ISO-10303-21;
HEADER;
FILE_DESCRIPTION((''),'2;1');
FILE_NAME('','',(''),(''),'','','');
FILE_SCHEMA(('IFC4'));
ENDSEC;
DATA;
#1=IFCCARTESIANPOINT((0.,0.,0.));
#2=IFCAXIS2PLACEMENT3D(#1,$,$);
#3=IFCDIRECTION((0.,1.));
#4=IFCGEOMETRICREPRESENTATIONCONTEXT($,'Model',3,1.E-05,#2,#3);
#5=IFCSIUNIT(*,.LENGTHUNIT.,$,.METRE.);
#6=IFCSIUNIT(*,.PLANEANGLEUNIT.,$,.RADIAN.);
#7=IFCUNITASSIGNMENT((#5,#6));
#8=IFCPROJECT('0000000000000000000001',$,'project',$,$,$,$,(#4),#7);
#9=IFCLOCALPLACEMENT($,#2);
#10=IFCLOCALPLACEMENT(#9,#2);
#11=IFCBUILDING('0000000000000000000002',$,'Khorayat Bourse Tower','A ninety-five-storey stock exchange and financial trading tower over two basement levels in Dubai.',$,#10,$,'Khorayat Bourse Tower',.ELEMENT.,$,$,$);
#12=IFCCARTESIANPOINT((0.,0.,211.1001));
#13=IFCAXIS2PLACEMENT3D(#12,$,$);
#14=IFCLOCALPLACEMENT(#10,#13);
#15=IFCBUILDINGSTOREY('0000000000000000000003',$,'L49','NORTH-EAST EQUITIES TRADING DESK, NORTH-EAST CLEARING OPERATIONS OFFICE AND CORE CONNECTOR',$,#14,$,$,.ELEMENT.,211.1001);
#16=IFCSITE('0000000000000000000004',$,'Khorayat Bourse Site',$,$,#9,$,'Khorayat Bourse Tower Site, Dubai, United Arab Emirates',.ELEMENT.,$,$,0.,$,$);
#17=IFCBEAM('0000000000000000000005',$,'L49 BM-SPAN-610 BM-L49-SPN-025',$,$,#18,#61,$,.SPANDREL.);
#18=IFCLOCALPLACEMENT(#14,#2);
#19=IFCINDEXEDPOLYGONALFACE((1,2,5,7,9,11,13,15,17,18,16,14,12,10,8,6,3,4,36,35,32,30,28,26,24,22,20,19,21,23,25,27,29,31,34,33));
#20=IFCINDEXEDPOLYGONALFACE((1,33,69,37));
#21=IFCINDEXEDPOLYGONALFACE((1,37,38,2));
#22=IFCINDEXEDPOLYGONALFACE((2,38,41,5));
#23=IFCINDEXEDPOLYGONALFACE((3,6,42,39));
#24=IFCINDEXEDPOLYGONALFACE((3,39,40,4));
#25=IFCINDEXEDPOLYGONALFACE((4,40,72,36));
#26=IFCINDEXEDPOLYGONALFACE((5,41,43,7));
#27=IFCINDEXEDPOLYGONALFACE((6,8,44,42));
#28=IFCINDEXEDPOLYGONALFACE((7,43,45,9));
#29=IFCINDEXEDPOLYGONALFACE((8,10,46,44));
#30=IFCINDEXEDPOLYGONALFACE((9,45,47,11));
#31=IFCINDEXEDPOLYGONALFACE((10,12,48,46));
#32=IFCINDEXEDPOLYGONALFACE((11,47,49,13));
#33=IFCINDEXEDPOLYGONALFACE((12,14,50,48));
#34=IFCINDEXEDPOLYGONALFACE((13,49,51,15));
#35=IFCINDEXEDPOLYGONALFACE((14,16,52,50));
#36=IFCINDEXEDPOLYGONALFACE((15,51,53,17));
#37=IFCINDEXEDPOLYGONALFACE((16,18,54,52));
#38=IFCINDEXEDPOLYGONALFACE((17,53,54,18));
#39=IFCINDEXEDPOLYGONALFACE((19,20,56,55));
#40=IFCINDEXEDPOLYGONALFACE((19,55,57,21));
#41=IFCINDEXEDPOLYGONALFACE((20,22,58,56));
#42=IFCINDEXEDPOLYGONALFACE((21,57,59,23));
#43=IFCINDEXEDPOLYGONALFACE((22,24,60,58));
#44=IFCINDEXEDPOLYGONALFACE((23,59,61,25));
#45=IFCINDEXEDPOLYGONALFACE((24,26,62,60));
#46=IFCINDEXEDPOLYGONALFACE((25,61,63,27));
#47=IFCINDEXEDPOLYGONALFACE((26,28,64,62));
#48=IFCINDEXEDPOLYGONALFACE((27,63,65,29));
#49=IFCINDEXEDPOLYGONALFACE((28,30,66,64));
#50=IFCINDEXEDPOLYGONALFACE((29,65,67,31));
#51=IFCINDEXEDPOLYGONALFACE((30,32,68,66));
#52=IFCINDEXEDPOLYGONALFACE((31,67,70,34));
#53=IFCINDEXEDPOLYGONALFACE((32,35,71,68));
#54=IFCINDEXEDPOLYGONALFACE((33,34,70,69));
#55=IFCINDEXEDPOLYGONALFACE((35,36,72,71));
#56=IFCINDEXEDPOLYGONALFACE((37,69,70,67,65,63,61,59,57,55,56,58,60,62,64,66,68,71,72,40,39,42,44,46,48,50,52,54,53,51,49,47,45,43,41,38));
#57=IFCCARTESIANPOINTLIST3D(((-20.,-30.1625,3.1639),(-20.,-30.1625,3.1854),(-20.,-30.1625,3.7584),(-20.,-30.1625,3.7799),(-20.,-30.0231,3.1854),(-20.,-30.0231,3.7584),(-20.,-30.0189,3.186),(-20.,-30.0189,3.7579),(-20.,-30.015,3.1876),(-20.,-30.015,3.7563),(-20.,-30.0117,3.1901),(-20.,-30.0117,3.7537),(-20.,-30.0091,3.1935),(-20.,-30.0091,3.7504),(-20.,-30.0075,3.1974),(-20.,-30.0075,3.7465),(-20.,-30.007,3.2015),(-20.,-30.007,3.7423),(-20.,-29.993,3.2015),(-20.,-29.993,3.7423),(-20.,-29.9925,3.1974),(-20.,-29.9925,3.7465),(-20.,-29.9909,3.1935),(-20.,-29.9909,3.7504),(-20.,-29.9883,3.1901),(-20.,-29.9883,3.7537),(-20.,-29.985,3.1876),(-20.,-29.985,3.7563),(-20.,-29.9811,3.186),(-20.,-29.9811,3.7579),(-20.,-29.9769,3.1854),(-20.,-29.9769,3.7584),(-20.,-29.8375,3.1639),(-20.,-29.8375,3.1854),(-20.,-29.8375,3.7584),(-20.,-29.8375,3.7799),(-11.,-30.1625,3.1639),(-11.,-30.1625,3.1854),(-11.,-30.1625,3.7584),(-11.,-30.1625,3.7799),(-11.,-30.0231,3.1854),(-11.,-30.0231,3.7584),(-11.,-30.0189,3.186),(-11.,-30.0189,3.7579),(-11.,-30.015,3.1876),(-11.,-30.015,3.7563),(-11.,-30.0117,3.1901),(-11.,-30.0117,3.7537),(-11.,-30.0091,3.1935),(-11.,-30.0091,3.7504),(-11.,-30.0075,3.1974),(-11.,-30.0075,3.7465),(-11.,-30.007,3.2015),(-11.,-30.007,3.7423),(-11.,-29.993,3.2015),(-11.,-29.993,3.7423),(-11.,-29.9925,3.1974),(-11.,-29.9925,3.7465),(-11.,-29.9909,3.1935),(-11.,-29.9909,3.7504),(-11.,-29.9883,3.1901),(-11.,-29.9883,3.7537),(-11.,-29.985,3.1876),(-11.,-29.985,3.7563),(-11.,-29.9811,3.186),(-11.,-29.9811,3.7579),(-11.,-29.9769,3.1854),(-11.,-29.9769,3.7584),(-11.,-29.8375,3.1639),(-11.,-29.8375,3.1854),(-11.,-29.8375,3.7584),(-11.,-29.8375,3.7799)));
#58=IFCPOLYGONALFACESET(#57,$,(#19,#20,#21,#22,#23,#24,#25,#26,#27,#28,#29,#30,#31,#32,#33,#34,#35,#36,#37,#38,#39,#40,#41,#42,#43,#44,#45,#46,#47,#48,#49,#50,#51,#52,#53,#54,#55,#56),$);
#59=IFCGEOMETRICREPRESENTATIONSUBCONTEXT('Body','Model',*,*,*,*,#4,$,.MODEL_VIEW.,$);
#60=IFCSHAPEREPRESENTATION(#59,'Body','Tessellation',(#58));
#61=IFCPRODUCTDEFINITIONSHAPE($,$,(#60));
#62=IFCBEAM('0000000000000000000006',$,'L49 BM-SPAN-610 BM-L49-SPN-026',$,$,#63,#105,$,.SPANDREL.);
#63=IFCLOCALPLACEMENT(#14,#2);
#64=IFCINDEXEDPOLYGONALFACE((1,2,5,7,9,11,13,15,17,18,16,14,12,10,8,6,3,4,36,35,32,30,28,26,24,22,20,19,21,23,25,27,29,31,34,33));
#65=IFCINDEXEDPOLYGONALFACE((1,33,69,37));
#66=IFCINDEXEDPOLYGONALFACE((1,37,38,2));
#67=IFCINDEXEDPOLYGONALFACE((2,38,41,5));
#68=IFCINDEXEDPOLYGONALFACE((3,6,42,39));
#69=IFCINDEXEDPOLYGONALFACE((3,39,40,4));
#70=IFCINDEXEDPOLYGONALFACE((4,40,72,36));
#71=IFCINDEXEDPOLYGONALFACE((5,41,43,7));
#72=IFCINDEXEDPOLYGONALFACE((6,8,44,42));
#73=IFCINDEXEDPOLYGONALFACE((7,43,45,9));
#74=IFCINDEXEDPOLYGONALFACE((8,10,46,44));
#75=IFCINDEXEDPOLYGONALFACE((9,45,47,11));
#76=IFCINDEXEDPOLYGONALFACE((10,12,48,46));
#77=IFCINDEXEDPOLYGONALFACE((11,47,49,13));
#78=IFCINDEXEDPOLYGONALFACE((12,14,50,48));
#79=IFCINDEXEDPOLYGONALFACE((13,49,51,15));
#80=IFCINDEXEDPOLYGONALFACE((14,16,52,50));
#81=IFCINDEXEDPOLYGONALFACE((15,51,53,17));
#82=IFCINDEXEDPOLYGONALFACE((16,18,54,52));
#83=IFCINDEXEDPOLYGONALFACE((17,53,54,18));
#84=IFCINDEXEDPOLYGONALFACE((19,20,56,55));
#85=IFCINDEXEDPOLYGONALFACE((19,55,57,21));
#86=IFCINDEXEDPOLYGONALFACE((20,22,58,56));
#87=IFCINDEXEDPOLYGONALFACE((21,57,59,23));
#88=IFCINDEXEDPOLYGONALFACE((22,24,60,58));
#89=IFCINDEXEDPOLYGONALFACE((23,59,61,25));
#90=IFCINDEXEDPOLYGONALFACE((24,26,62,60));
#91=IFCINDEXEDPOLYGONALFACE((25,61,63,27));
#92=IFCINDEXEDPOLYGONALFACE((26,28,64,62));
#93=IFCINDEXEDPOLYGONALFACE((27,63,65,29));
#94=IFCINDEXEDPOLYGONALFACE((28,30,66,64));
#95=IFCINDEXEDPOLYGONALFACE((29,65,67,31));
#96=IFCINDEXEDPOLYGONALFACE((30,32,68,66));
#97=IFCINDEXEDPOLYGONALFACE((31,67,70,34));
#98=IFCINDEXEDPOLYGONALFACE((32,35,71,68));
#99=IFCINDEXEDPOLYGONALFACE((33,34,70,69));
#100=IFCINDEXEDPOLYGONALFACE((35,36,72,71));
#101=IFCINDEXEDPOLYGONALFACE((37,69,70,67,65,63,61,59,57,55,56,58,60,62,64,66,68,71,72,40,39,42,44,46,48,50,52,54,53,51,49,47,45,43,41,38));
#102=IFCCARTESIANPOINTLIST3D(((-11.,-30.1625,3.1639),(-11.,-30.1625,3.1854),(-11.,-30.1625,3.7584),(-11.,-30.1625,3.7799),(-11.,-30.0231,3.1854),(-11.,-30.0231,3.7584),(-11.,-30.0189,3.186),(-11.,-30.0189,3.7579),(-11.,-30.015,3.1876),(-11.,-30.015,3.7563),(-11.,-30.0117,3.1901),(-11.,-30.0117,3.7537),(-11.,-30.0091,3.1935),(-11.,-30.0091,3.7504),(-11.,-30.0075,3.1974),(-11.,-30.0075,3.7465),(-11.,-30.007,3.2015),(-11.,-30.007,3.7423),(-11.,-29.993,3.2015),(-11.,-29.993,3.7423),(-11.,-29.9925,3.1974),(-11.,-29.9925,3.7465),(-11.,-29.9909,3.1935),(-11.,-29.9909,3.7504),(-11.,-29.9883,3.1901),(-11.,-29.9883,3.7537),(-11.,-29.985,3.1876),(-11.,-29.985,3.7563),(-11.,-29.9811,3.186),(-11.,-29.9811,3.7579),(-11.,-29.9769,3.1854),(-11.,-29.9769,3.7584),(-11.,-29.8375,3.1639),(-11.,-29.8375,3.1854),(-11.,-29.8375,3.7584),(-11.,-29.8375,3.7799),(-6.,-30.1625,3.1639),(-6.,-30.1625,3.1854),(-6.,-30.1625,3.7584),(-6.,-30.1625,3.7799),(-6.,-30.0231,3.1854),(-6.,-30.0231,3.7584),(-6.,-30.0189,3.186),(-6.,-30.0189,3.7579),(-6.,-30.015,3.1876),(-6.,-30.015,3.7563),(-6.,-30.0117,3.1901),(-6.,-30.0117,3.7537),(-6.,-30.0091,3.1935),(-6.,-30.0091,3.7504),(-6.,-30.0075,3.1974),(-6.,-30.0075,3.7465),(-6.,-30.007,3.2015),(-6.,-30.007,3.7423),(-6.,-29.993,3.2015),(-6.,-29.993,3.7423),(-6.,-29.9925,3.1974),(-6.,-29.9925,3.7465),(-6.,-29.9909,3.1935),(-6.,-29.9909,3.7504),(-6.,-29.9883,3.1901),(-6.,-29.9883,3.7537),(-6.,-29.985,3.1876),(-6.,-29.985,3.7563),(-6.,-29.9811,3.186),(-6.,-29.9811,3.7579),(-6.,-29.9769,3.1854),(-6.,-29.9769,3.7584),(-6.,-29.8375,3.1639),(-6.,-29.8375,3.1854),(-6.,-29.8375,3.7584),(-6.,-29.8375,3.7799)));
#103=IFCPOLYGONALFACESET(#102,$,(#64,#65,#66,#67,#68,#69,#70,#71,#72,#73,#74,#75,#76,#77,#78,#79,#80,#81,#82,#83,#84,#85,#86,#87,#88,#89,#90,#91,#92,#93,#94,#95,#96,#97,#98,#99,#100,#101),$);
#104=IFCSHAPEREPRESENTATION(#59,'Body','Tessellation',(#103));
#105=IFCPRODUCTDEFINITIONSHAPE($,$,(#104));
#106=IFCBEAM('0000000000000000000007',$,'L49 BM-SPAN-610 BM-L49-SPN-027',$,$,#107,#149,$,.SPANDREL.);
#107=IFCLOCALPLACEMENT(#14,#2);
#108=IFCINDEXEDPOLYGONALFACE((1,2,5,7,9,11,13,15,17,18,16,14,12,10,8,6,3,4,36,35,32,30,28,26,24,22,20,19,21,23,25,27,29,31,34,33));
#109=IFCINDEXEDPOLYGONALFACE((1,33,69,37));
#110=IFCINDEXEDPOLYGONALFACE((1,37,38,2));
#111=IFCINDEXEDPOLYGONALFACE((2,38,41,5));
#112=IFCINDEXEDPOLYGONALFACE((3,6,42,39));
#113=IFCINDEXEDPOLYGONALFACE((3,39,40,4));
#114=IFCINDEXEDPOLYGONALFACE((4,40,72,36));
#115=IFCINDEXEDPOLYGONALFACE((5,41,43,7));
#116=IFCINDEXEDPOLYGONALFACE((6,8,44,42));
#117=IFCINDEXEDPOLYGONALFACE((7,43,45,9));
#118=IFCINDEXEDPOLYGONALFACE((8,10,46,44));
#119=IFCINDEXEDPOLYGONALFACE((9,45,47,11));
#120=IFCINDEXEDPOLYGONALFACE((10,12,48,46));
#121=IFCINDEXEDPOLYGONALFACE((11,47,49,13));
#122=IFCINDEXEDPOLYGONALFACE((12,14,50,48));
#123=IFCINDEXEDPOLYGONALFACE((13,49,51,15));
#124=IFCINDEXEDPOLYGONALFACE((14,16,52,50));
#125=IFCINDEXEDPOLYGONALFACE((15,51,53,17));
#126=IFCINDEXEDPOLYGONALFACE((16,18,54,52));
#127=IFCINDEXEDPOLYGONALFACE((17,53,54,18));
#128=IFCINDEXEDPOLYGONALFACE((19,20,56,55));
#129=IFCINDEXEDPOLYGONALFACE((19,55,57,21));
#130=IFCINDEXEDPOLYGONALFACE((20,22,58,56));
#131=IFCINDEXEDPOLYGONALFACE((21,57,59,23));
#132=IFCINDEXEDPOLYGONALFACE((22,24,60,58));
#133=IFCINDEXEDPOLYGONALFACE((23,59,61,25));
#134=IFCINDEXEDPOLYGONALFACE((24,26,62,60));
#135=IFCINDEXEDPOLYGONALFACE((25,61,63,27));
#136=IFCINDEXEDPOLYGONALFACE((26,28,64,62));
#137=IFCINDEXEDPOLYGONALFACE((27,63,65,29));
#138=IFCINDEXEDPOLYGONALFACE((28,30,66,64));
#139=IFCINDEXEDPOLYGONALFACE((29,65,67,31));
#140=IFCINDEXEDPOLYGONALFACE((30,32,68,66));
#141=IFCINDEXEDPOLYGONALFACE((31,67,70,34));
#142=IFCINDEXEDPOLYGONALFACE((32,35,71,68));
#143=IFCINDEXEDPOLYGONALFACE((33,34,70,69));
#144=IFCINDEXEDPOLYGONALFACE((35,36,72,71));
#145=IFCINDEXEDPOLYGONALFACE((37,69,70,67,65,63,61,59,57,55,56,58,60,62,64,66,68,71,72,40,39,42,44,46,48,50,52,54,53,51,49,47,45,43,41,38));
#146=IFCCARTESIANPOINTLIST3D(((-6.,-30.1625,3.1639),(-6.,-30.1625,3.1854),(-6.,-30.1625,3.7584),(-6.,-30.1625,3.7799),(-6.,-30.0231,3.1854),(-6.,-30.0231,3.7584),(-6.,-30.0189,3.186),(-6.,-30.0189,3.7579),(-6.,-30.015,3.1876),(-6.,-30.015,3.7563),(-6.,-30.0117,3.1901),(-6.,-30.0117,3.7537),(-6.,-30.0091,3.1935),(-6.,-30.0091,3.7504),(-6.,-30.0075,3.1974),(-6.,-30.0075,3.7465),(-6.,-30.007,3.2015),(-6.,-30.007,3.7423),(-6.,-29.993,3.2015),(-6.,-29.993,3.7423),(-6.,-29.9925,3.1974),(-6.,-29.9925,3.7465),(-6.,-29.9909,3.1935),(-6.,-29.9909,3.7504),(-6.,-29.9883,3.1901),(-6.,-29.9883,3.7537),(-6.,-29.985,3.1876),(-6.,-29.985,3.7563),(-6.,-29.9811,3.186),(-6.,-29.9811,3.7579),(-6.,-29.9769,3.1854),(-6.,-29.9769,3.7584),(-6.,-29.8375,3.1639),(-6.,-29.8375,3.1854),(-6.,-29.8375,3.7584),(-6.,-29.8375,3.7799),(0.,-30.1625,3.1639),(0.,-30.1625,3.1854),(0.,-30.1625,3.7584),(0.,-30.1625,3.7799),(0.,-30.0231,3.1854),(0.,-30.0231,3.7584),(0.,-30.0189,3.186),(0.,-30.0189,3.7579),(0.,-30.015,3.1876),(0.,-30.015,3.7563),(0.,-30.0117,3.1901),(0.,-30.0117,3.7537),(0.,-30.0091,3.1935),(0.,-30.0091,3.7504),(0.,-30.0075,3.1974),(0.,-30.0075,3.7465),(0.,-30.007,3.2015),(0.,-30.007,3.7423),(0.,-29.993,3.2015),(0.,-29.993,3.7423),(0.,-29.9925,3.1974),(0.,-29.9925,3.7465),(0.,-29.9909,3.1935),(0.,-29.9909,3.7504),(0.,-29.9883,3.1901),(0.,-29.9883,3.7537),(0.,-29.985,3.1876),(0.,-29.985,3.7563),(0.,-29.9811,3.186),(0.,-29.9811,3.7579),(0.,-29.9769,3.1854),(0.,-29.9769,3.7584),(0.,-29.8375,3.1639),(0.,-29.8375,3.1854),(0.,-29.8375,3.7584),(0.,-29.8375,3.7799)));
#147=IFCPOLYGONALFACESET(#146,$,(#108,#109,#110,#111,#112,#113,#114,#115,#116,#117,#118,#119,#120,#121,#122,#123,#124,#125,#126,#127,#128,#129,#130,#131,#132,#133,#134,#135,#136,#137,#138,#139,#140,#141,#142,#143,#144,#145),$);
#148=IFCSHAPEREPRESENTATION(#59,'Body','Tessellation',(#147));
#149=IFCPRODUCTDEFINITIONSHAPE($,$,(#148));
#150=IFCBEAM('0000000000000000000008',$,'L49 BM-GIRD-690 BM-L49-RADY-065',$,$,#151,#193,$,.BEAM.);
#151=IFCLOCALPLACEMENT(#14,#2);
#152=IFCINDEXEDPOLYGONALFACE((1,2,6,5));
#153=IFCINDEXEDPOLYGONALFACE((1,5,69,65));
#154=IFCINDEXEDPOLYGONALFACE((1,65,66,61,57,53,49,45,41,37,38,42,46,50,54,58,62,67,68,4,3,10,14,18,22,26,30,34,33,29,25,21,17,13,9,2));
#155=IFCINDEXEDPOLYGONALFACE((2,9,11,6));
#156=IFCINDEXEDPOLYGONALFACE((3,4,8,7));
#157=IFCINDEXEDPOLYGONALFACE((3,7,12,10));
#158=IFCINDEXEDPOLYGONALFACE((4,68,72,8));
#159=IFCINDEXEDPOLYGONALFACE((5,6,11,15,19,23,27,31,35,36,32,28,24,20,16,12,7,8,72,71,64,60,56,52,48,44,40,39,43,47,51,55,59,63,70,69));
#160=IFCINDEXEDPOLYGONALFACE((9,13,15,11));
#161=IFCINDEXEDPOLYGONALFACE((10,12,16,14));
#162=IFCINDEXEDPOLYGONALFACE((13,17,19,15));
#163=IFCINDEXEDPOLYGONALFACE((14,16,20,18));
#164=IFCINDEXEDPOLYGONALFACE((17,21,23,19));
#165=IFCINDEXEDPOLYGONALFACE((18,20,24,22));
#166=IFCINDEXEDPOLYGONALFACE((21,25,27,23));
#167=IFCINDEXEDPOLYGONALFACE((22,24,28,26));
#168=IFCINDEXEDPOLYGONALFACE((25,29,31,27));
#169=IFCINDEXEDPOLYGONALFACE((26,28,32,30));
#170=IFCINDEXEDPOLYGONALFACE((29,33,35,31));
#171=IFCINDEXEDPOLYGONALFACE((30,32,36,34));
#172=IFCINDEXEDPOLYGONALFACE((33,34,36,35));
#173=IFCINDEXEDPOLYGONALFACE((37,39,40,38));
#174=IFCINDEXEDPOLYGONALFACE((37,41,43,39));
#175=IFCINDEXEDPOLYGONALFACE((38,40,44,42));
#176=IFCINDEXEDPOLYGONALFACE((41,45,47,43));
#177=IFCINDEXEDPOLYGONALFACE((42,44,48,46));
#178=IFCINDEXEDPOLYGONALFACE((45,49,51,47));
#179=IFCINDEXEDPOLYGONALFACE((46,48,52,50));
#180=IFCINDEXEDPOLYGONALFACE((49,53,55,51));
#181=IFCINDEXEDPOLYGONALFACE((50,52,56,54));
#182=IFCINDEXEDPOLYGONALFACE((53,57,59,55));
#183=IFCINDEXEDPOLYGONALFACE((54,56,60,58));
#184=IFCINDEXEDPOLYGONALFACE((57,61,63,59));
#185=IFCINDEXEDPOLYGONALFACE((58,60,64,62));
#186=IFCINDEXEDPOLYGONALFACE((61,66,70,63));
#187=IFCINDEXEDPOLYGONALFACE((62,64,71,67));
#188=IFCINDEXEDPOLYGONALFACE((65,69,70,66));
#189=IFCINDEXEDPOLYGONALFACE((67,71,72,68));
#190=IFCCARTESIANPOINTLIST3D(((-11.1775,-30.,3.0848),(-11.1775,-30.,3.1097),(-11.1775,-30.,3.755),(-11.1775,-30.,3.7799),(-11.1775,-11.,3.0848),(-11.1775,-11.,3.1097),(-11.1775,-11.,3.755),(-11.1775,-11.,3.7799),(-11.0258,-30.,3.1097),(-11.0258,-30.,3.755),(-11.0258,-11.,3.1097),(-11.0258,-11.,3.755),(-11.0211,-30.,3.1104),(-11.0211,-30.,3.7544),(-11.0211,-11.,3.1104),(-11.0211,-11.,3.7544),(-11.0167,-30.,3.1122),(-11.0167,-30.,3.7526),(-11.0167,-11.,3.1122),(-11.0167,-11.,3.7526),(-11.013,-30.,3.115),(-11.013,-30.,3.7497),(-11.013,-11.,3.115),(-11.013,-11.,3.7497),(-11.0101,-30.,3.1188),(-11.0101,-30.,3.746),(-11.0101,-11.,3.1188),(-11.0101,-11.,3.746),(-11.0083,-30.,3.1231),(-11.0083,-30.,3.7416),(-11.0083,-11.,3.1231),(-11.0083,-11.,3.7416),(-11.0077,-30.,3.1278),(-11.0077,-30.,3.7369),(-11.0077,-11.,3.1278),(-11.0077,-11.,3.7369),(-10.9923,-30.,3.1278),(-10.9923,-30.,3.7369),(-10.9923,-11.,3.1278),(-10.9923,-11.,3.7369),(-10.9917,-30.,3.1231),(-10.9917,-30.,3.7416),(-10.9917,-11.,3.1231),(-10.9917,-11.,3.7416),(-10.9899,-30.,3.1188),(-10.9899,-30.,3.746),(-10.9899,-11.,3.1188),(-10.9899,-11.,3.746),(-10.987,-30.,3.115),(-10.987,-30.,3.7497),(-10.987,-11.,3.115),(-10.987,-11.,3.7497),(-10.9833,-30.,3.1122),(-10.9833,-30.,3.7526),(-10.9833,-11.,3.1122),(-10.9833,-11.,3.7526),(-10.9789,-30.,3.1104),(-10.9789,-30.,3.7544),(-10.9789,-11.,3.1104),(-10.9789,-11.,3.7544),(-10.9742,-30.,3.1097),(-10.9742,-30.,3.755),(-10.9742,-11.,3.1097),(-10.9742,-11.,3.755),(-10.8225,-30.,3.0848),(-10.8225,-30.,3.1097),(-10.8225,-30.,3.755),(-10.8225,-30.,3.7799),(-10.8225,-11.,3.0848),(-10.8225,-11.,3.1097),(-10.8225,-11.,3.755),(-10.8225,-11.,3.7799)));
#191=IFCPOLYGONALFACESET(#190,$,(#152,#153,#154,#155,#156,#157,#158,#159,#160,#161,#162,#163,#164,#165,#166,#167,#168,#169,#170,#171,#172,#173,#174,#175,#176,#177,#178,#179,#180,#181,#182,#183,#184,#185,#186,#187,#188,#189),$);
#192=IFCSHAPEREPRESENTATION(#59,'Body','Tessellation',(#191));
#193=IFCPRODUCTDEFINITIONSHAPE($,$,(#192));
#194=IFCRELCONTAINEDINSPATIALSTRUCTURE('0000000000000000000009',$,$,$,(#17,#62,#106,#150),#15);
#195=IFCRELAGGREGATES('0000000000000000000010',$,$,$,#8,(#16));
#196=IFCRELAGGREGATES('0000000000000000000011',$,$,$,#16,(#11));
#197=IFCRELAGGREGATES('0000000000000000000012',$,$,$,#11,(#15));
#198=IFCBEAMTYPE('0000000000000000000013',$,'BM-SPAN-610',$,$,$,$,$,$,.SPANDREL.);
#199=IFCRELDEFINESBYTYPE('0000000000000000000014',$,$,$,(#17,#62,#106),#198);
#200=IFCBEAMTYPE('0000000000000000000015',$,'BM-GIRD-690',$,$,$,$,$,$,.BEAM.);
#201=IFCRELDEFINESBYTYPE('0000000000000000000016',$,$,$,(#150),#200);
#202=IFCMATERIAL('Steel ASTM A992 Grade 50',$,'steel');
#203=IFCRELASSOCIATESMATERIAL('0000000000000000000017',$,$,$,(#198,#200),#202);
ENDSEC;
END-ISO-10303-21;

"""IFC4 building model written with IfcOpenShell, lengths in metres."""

from ifc_helpers import new_model, si_unit, direction, frame, origin, origin_2d, place, context, subcontext, project, spatial, i_section, extrude, source, transform, mapped, material, material_profile, profile_set, type_object, element, save


model = new_model("IFC4")

# Units and contexts
model_context = context("Model", 3, precision=1e-05, world=origin(), true_north=direction((0.0, 1.0)))
body_context = subcontext(model_context, "Body", "Model", "MODEL_VIEW")
ifc_project = project(units=[si_unit("LENGTHUNIT", "METRE"), si_unit("PLANEANGLEUNIT", "RADIAN")], contexts=[model_context])

# Site, building, storey
site_placement = place(None, origin())
site = spatial("IfcSite", under=ifc_project, at=site_placement, Name="Khorayat Bourse Site", LongName="Khorayat Bourse Tower Site, Dubai, United Arab Emirates", CompositionType="ELEMENT", RefElevation=0.0)
building_placement = place(site_placement, origin())
building = spatial("IfcBuilding", under=site, at=building_placement, Name="Khorayat Bourse Tower", Description="A ninety-five-storey stock exchange and financial trading tower over two basement levels in Dubai.", LongName="Khorayat Bourse Tower", CompositionType="ELEMENT")
storey_placement = place(building_placement, frame((0.0, 0.0, 211.1001)))
storey = spatial("IfcBuildingStorey", under=building, at=storey_placement, Name="L49", Description="NORTH-EAST EQUITIES TRADING DESK, NORTH-EAST CLEARING OPERATIONS OFFICE AND CORE CONNECTOR", CompositionType="ELEMENT", Elevation=211.1001)

# Beams
ifc_material_1 = material(Name="Steel ASTM A992 Grade 50", Category="steel")
ifc_material_profile_1 = material_profile(ifc_material_1, i_section(OverallWidth=0.325, OverallDepth=0.616, WebThickness=0.0139, FlangeThickness=0.0215, FilletRadius=0.0161, at=origin_2d()), Name="W610X174")
ifc_profile_set_1 = profile_set([ifc_material_profile_1], Name="Steel ASTM A992 Grade 50")
beam_type_1 = type_object("IfcBeamType", Name="BM-SPAN-610", PredefinedType="SPANDREL", material=ifc_profile_set_1)
shared_shape_1 = source(origin(), body_context, "Body", "SweptSolid", [
    extrude(i_section(OverallWidth=0.325, OverallDepth=0.616, WebThickness=0.0139, FlangeThickness=0.0215, FilletRadius=0.0161, at=origin_2d()), origin(), (0.0, 0.0, 1.0), 9.0),
])
beam_1_placement = place(storey_placement, frame((-20.0, -30.0, 3.4719), z_axis=(1.0, 0.0, 0.0), x_axis=(0.0, 1.0, 0.0)))
element("IfcBeam", 1, at=beam_1_placement, inside=storey, type_object=beam_type_1, Name="L49 BM-SPAN-610 BM-L49-SPN-025", PredefinedType="SPANDREL", context=body_context, shape_type="MappedRepresentation", body=[
    mapped(shared_shape_1, transform((0.0, 0.0, 0.0), scale=1.0)),
])
shared_shape_2 = source(origin(), body_context, "Body", "SweptSolid", [
    extrude(i_section(OverallWidth=0.325, OverallDepth=0.616, WebThickness=0.0139, FlangeThickness=0.0215, FilletRadius=0.0161, at=origin_2d()), origin(), (0.0, 0.0, 1.0), 5.0),
])
beam_2_placement = place(storey_placement, frame((-11.0, -30.0, 3.4719), z_axis=(1.0, 0.0, 0.0), x_axis=(0.0, 1.0, 0.0)))
element("IfcBeam", 2, at=beam_2_placement, inside=storey, type_object=beam_type_1, Name="L49 BM-SPAN-610 BM-L49-SPN-026", PredefinedType="SPANDREL", context=body_context, shape_type="MappedRepresentation", body=[
    mapped(shared_shape_2, transform((0.0, 0.0, 0.0), scale=1.0)),
])
shared_shape_3 = source(origin(), body_context, "Body", "SweptSolid", [
    extrude(i_section(OverallWidth=0.325, OverallDepth=0.616, WebThickness=0.0139, FlangeThickness=0.0215, FilletRadius=0.0161, at=origin_2d()), origin(), (0.0, 0.0, 1.0), 6.0),
])
beam_3_placement = place(storey_placement, frame((-6.0, -30.0, 3.4719), z_axis=(1.0, 0.0, 0.0), x_axis=(0.0, 1.0, 0.0)))
element("IfcBeam", 3, at=beam_3_placement, inside=storey, type_object=beam_type_1, Name="L49 BM-SPAN-610 BM-L49-SPN-027", PredefinedType="SPANDREL", context=body_context, shape_type="MappedRepresentation", body=[
    mapped(shared_shape_3, transform((0.0, 0.0, 0.0), scale=1.0)),
])
ifc_material_profile_2 = material_profile(ifc_material_1, i_section(OverallWidth=0.355, OverallDepth=0.6951, WebThickness=0.0154, FlangeThickness=0.0249, FilletRadius=0.0181, at=origin_2d()), Name="W690X217")
ifc_profile_set_2 = profile_set([ifc_material_profile_2], Name="Steel ASTM A992 Grade 50")
beam_type_2 = type_object("IfcBeamType", Name="BM-GIRD-690", PredefinedType="BEAM", material=ifc_profile_set_2)
shared_shape_4 = source(origin(), body_context, "Body", "SweptSolid", [
    extrude(i_section(OverallWidth=0.355, OverallDepth=0.6951, WebThickness=0.0154, FlangeThickness=0.0249, FilletRadius=0.0181, at=origin_2d()), origin(), (0.0, 0.0, 1.0), 19.0),
])
for number, where, z_axis, x_axis, name in (
    (4, (-11.0, -30.0, 3.4324), (0.0, 1.0, 0.0), (-1.0, 0.0, 0.0), "L49 BM-GIRD-690 BM-L49-RADY-065"),
):
    element("IfcBeam", number, at=place(storey_placement, frame(where, z_axis=z_axis, x_axis=x_axis)), inside=storey, type_object=beam_type_2, Name=name, PredefinedType="BEAM", context=body_context, shape_type="MappedRepresentation", body=[
        mapped(shared_shape_4, transform((0.0, 0.0, 0.0), scale=1.0)),
    ])

save(model, "model.ifc")
